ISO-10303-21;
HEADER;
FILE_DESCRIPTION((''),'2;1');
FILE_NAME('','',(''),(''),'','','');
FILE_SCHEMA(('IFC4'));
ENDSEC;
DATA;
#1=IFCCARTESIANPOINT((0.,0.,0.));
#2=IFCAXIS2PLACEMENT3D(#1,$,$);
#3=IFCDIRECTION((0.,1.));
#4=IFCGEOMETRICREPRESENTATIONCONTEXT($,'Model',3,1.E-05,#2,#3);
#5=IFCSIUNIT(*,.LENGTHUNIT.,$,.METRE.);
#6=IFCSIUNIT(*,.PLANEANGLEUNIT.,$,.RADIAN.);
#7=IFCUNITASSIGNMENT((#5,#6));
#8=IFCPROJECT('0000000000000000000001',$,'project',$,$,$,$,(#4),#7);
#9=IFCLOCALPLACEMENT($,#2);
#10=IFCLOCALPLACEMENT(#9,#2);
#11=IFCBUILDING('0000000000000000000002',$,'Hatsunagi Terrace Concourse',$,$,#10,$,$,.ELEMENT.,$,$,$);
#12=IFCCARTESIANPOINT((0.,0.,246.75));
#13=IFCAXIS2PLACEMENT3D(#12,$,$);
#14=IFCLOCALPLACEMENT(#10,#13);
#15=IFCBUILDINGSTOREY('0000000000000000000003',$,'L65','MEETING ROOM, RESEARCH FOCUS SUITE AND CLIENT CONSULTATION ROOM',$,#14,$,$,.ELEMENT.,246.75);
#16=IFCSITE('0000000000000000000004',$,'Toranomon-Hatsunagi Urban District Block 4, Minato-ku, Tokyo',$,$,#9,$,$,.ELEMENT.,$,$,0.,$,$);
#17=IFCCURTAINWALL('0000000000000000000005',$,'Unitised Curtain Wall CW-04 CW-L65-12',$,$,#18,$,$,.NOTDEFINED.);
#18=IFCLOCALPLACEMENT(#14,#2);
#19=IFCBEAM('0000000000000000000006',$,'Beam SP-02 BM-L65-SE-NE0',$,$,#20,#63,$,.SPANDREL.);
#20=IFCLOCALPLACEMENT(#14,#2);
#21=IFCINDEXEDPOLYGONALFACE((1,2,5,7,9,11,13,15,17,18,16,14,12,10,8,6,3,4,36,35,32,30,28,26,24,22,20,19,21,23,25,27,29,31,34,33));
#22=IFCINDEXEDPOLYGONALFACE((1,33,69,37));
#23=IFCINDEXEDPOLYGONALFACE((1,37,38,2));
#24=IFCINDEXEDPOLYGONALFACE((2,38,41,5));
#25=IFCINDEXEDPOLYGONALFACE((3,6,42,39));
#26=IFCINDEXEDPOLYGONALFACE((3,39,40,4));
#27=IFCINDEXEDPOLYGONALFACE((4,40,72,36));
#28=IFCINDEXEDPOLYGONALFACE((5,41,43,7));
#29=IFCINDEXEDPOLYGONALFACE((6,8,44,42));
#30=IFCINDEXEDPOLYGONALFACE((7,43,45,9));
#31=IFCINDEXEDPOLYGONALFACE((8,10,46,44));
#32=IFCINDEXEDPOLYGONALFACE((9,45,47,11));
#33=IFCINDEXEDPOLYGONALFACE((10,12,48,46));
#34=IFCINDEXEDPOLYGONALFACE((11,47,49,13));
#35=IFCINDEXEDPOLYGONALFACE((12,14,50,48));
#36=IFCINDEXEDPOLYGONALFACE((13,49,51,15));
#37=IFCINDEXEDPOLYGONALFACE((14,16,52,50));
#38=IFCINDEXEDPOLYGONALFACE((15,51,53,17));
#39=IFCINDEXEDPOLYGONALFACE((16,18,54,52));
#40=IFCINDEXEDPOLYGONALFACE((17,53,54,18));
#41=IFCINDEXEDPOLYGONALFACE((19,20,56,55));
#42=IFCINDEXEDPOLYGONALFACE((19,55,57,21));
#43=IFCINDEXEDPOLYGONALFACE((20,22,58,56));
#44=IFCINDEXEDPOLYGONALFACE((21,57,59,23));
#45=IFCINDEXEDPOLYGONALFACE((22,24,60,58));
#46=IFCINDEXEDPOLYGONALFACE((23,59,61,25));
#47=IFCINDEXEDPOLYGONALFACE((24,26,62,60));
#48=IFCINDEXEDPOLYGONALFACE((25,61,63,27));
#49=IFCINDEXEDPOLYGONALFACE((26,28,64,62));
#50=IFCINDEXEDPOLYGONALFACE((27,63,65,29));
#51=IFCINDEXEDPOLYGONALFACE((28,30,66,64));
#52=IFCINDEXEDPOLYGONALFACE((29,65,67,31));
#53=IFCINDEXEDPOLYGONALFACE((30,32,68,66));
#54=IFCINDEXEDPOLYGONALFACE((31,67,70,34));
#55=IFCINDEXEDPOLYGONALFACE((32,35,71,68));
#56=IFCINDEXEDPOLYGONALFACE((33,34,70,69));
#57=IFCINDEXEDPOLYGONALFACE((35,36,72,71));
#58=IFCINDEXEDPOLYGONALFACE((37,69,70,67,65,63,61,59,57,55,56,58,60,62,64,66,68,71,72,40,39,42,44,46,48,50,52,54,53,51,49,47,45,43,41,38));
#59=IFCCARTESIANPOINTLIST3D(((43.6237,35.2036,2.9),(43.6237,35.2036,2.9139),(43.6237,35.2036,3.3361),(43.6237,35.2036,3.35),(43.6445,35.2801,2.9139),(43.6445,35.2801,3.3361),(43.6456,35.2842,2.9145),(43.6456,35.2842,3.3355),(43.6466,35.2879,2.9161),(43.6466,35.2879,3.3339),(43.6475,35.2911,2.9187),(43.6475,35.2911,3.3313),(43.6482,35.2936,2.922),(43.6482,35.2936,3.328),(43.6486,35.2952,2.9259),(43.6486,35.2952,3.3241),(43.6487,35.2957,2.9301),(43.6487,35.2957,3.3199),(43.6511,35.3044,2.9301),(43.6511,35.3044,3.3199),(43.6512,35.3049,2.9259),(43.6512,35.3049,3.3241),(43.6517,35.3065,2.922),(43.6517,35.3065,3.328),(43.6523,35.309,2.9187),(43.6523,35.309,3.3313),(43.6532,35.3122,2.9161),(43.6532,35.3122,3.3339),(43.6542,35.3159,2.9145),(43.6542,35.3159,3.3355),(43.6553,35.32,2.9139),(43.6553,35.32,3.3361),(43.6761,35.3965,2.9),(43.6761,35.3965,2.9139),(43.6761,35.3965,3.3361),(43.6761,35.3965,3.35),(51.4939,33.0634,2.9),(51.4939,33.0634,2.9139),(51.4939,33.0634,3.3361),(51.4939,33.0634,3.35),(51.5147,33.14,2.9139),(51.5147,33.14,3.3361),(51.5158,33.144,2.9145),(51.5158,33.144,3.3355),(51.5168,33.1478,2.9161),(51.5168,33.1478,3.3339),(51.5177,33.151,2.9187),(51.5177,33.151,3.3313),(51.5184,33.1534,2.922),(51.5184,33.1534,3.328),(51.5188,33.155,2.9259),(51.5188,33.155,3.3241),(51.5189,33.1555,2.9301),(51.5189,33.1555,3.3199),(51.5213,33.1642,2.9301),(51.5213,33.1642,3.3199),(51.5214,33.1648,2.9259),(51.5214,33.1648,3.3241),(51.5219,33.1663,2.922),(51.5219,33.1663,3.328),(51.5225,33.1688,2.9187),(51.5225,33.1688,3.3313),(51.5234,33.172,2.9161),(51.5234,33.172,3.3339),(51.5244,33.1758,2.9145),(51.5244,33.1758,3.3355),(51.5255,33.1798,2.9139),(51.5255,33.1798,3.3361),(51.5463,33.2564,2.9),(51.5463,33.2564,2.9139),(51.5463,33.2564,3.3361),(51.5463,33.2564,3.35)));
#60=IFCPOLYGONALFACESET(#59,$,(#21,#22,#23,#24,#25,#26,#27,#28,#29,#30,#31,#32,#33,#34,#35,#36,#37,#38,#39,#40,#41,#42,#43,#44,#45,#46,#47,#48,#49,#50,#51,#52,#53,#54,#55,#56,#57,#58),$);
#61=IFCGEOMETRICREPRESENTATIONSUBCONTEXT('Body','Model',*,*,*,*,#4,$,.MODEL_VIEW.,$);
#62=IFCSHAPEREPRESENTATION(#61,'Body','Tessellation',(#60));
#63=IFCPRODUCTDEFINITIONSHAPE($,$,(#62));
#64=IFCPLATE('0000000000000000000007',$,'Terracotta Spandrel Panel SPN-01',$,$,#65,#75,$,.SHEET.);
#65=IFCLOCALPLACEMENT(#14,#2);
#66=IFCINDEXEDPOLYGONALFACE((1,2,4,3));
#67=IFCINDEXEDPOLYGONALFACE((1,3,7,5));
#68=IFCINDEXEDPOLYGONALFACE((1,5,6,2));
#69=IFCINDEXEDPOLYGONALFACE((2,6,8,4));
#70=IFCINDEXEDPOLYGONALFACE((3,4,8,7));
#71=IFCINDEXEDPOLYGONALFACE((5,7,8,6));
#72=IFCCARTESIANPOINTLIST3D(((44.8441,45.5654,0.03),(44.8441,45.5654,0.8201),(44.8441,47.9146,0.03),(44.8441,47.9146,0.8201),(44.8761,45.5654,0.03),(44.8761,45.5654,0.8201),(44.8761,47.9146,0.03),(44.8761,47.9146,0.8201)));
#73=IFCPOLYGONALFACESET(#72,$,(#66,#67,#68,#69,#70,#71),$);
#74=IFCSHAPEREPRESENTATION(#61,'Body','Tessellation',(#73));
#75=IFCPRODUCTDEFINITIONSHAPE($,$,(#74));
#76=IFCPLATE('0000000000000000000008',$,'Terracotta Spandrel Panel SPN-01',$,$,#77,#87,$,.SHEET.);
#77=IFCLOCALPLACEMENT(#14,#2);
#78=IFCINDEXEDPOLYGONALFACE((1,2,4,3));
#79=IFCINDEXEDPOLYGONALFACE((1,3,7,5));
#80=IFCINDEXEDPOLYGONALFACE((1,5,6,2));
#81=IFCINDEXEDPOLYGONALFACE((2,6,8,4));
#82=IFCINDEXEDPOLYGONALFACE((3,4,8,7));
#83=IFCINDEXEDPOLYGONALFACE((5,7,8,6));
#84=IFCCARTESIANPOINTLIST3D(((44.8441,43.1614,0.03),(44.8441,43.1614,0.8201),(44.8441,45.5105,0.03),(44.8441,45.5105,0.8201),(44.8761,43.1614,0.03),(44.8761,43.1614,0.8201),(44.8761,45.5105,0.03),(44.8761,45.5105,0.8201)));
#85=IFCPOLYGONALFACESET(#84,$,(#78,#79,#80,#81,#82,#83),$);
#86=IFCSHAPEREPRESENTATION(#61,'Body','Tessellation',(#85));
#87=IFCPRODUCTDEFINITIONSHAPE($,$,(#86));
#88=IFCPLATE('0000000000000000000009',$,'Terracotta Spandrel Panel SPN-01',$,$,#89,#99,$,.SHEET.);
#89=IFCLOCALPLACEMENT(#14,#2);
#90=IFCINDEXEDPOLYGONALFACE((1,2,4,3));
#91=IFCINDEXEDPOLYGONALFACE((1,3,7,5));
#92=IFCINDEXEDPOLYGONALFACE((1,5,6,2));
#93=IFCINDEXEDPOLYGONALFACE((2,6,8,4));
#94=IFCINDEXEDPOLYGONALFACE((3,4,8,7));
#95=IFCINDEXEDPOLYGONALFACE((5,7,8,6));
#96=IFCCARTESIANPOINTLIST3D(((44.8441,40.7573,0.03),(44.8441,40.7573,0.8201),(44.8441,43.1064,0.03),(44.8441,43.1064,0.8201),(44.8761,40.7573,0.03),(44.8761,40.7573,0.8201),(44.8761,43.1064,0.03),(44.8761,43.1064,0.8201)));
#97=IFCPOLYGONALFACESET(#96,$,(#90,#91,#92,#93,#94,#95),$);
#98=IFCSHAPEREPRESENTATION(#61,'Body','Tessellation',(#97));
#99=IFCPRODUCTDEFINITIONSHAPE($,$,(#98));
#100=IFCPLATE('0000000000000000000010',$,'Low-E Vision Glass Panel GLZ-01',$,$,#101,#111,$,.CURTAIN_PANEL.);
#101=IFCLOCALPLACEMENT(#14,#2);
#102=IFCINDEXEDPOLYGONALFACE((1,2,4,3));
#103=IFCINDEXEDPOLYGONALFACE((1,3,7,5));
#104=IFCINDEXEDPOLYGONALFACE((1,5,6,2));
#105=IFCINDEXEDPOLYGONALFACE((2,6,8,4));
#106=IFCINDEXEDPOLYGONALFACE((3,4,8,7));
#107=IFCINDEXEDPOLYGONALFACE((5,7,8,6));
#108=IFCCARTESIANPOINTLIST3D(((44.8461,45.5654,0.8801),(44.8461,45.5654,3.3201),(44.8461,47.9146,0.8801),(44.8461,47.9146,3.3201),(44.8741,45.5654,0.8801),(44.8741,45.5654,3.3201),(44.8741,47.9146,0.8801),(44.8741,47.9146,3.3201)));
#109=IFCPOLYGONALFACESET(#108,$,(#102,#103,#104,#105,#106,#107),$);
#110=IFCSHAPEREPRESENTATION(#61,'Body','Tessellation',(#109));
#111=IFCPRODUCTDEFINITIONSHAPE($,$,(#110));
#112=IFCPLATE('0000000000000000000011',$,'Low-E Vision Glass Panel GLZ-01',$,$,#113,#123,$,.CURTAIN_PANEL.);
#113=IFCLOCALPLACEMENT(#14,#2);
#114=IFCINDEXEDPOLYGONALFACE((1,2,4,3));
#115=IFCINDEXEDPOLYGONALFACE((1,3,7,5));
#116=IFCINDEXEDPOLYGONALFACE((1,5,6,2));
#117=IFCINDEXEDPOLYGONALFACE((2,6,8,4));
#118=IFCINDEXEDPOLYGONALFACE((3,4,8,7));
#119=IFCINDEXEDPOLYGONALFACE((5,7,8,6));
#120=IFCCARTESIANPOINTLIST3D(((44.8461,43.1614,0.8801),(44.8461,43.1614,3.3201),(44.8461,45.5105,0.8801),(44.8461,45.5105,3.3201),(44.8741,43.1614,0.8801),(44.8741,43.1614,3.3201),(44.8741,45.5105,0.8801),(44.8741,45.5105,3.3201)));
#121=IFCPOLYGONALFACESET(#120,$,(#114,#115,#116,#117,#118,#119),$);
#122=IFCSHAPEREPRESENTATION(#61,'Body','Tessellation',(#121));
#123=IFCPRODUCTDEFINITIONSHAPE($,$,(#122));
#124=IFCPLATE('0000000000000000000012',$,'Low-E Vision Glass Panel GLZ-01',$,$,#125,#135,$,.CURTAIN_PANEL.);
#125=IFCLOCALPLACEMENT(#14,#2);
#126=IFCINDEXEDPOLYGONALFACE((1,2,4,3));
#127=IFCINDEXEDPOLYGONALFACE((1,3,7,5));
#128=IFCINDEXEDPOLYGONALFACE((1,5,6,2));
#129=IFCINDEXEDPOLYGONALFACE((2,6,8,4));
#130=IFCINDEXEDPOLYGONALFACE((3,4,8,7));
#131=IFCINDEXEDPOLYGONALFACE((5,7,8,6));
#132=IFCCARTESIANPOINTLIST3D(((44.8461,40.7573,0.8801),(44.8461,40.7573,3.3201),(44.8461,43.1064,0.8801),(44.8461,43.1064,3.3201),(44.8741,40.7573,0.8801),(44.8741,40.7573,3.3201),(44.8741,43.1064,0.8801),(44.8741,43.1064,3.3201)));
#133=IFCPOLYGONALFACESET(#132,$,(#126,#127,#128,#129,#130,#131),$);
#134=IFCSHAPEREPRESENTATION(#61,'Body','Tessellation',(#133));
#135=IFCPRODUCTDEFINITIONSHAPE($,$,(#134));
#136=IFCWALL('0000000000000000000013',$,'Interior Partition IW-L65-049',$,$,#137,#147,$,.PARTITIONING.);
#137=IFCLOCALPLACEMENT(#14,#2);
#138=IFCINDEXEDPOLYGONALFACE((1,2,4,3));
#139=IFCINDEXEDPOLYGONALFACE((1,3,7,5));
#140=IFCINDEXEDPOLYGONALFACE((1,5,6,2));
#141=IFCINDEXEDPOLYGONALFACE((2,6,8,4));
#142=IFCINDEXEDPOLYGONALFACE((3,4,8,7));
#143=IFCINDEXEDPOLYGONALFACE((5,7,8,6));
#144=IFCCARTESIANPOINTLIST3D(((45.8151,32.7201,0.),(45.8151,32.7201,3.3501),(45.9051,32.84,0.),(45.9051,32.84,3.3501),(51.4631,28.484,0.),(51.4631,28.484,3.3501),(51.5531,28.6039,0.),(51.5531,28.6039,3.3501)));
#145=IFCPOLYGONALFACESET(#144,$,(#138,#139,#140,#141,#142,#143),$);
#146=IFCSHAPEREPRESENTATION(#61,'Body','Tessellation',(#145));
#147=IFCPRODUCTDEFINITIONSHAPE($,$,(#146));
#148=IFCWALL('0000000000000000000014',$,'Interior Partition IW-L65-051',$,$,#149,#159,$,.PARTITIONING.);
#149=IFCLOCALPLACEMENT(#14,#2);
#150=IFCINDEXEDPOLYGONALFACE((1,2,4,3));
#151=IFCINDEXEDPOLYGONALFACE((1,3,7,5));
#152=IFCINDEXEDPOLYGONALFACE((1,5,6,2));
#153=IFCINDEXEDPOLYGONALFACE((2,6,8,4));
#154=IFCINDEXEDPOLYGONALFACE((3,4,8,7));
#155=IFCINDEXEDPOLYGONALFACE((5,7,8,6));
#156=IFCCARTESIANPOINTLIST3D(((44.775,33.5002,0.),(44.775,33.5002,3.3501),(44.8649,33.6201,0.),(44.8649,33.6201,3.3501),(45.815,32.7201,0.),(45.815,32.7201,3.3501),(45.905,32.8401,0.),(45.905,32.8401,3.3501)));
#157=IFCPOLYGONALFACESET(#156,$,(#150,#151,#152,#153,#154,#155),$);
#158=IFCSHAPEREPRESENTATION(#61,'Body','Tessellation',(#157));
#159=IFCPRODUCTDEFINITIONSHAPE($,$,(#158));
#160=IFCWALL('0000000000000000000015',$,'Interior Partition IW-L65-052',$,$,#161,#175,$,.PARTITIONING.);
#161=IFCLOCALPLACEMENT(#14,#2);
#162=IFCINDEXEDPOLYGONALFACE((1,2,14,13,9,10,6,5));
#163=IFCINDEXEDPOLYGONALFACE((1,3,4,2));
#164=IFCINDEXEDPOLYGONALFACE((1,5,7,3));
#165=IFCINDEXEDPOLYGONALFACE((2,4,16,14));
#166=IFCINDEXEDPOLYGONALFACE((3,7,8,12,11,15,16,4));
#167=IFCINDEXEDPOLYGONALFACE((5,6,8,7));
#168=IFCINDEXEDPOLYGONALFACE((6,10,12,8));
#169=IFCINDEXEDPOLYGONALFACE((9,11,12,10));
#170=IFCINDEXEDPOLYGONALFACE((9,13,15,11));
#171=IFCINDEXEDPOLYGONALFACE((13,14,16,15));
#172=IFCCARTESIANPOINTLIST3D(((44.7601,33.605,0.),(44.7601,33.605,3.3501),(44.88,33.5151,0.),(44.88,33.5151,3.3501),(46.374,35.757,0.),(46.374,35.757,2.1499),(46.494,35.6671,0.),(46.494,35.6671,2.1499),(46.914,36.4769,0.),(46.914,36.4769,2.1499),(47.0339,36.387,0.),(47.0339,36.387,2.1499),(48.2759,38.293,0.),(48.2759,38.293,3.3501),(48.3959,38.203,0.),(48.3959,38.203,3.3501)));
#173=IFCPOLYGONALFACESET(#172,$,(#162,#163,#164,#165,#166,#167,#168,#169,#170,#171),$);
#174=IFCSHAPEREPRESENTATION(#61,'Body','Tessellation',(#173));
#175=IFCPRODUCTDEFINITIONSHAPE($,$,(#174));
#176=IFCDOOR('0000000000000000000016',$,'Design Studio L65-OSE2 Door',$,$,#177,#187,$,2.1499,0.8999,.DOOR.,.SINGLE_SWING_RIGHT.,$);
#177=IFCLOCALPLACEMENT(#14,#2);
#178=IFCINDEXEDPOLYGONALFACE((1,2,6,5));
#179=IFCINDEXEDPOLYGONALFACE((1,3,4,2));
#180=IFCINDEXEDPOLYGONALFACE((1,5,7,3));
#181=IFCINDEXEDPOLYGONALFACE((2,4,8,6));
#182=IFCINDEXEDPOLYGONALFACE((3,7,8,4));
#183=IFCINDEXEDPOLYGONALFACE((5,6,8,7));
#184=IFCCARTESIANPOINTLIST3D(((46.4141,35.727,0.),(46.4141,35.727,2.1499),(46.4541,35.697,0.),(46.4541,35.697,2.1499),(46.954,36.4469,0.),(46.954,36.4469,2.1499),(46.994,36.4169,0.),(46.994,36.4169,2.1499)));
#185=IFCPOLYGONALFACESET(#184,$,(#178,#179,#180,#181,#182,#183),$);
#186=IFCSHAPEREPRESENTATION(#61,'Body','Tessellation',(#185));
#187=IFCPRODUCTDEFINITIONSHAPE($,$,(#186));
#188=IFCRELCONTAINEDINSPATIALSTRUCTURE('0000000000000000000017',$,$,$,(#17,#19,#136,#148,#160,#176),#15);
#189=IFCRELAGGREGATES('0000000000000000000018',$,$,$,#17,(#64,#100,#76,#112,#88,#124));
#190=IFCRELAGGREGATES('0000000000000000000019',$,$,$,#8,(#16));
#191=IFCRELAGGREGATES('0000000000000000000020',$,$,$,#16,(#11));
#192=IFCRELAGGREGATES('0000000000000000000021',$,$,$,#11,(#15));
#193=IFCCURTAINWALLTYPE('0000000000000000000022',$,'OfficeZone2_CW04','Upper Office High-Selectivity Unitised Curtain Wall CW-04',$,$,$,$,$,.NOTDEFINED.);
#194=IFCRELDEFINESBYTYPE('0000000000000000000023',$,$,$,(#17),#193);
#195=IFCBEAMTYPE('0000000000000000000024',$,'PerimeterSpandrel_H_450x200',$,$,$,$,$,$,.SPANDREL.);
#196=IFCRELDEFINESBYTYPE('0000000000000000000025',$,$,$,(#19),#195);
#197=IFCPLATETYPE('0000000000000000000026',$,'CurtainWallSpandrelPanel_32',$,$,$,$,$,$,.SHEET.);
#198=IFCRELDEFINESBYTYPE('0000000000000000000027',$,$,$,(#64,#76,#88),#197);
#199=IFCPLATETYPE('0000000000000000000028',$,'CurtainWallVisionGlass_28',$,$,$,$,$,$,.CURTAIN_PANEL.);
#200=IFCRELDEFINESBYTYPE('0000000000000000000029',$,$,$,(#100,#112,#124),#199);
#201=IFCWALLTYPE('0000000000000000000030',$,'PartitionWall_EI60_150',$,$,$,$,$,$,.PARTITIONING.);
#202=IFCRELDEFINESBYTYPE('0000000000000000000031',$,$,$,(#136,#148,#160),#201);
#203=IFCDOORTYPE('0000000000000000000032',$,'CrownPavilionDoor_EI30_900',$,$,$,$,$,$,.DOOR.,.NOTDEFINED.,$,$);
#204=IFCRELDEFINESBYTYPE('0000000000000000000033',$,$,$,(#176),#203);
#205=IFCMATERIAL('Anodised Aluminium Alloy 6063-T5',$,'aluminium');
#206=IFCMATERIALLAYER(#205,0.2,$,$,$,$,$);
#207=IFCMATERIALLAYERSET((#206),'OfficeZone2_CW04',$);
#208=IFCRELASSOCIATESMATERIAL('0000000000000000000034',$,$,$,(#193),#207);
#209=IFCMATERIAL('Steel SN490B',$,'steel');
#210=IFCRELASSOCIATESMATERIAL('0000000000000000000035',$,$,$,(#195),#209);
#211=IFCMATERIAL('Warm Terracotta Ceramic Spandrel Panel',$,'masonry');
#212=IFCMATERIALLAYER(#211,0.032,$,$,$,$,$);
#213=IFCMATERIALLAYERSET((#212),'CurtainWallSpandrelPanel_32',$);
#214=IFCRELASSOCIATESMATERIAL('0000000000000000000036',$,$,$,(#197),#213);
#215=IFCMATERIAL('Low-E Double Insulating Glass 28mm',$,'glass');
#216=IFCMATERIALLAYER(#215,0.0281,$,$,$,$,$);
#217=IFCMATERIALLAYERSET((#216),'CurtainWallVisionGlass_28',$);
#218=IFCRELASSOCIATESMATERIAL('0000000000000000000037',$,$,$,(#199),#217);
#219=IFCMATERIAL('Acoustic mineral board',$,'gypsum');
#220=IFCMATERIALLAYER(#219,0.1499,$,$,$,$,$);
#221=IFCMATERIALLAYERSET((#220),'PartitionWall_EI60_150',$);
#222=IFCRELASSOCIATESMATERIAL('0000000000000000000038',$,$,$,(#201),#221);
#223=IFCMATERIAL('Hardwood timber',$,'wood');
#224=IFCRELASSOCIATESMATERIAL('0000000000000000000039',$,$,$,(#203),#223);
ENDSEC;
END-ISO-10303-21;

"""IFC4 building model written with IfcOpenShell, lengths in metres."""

from ifc_helpers import new_model, si_unit, direction, frame, frame_2d, origin, origin_2d, place, context, subcontext, project, spatial, rectangle, i_section, extrude, material, layer, layer_set, material_profile, profile_set, type_object, element, fill, aggregate, save


model = new_model("IFC4")

# Units and contexts
model_context = context("Model", 3, precision=1e-05, world=origin(), true_north=direction((0.0, 1.0)))
body_context = subcontext(model_context, "Body", "Model", "MODEL_VIEW")
ifc_project = project(units=[si_unit("LENGTHUNIT", "METRE"), si_unit("PLANEANGLEUNIT", "RADIAN")], contexts=[model_context])

# Site, building, storey
site_placement = place(None, origin())
site = spatial("IfcSite", under=ifc_project, at=site_placement, Name="Toranomon-Hatsunagi Urban District Block 4, Minato-ku, Tokyo", CompositionType="ELEMENT", RefElevation=0.0)
building_placement = place(site_placement, origin())
building = spatial("IfcBuilding", under=site, at=building_placement, Name="Hatsunagi Terrace Concourse", CompositionType="ELEMENT")
storey_placement = place(building_placement, frame((0.0, 0.0, 246.75)))
storey = spatial("IfcBuildingStorey", under=building, at=storey_placement, Name="L65", Description="MEETING ROOM, RESEARCH FOCUS SUITE AND CLIENT CONSULTATION ROOM", CompositionType="ELEMENT", Elevation=246.75)

# Curtain wall
ifc_material_1 = material(Name="Anodised Aluminium Alloy 6063-T5", Category="aluminium")
ifc_layer_1 = layer(ifc_material_1, 0.2)
ifc_layer_set_1 = layer_set([ifc_layer_1], Name="OfficeZone2_CW04")
curtain_wall_type = type_object("IfcCurtainWallType", Name="OfficeZone2_CW04", Description="Upper Office High-Selectivity Unitised Curtain Wall CW-04", PredefinedType="NOTDEFINED", material=ifc_layer_set_1)
curtain_wall_1_placement = place(storey_placement, origin())
curtain_wall_1 = element("IfcCurtainWall", 1, at=curtain_wall_1_placement, inside=storey, type_object=curtain_wall_type, Name="Unitised Curtain Wall CW-04 CW-L65-12", PredefinedType="NOTDEFINED")

# Beam
ifc_material_2 = material(Name="Steel SN490B", Category="steel")
ifc_material_profile_1 = material_profile(ifc_material_2, i_section(OverallWidth=0.2, OverallDepth=0.45, WebThickness=0.009, FlangeThickness=0.0139, FilletRadius=0.0161, at=origin_2d()), Name="H-450x200x9x14")
ifc_profile_set_1 = profile_set([ifc_material_profile_1], Name="Steel SN490B")
beam_type_1 = type_object("IfcBeamType", Name="PerimeterSpandrel_H_450x200", PredefinedType="SPANDREL", material=ifc_profile_set_1)
beam_1_placement = place(storey_placement, frame((43.6499, 35.3, 3.125), z_axis=(0.964958, -0.262403, 0.0), x_axis=(0.262403, 0.964958, 0.0)))
element("IfcBeam", 2, at=beam_1_placement, inside=storey, type_object=beam_type_1, Name="Beam SP-02 BM-L65-SE-NE0", PredefinedType="SPANDREL", context=body_context, shape_type="SweptSolid", body=[
    extrude(i_section(OverallWidth=0.2, OverallDepth=0.45, WebThickness=0.009, FlangeThickness=0.0139, FilletRadius=0.0161, at=origin_2d()), origin(), (0.0, 0.0, 1.0), 8.156),
])

# Plates
ifc_material_3 = material(Name="Warm Terracotta Ceramic Spandrel Panel", Category="masonry")
ifc_layer_2 = layer(ifc_material_3, 0.032)
ifc_layer_set_2 = layer_set([ifc_layer_2], Name="CurtainWallSpandrelPanel_32")
plate_type_1 = type_object("IfcPlateType", Name="CurtainWallSpandrelPanel_32", PredefinedType="SHEET", material=ifc_layer_set_2)
plate_1_placement = place(storey_placement, frame((44.8601, 46.74, 0.03), z_axis=(0.0, 0.0, 1.0), x_axis=(0.0, -1.0, 0.0)))
plate_1 = element("IfcPlate", 3, at=plate_1_placement, type_object=plate_type_1, Name="Terracotta Spandrel Panel SPN-01", PredefinedType="SHEET", context=body_context, shape_type="SweptSolid", body=[
    extrude(rectangle(XDim=2.3491, YDim=0.032, at=origin_2d()), origin(), (0.0, 0.0, 1.0), 0.79),
])
plate_2_placement = place(storey_placement, frame((44.8601, 44.3359, 0.03), z_axis=(0.0, 0.0, 1.0), x_axis=(0.0, -1.0, 0.0)))
plate_2 = element("IfcPlate", 4, at=plate_2_placement, type_object=plate_type_1, Name="Terracotta Spandrel Panel SPN-01", PredefinedType="SHEET", context=body_context, shape_type="SweptSolid", body=[
    extrude(rectangle(XDim=2.3491, YDim=0.032, at=origin_2d()), origin(), (0.0, 0.0, 1.0), 0.79),
])
plate_3_placement = place(storey_placement, frame((44.8601, 41.9319, 0.03), z_axis=(0.0, 0.0, 1.0), x_axis=(0.0, -1.0, 0.0)))
plate_3 = element("IfcPlate", 5, at=plate_3_placement, type_object=plate_type_1, Name="Terracotta Spandrel Panel SPN-01", PredefinedType="SHEET", context=body_context, shape_type="SweptSolid", body=[
    extrude(rectangle(XDim=2.3491, YDim=0.032, at=origin_2d()), origin(), (0.0, 0.0, 1.0), 0.79),
])
ifc_material_4 = material(Name="Low-E Double Insulating Glass 28mm", Category="glass")
ifc_layer_3 = layer(ifc_material_4, 0.0281)
ifc_layer_set_3 = layer_set([ifc_layer_3], Name="CurtainWallVisionGlass_28")
plate_type_2 = type_object("IfcPlateType", Name="CurtainWallVisionGlass_28", PredefinedType="CURTAIN_PANEL", material=ifc_layer_set_3)
plate_4_placement = place(storey_placement, frame((44.8601, 46.74, 0.8801), z_axis=(0.0, 0.0, 1.0), x_axis=(0.0, -1.0, 0.0)))
plate_4 = element("IfcPlate", 6, at=plate_4_placement, type_object=plate_type_2, Name="Low-E Vision Glass Panel GLZ-01", PredefinedType="CURTAIN_PANEL", context=body_context, shape_type="SweptSolid", body=[
    extrude(rectangle(XDim=2.3491, YDim=0.0281, at=origin_2d()), origin(), (0.0, 0.0, 1.0), 2.4399),
])
plate_5_placement = place(storey_placement, frame((44.8601, 44.3359, 0.8801), z_axis=(0.0, 0.0, 1.0), x_axis=(0.0, -1.0, 0.0)))
plate_5 = element("IfcPlate", 7, at=plate_5_placement, type_object=plate_type_2, Name="Low-E Vision Glass Panel GLZ-01", PredefinedType="CURTAIN_PANEL", context=body_context, shape_type="SweptSolid", body=[
    extrude(rectangle(XDim=2.3491, YDim=0.0281, at=origin_2d()), origin(), (0.0, 0.0, 1.0), 2.4399),
])
plate_6_placement = place(storey_placement, frame((44.8601, 41.9319, 0.8801), z_axis=(0.0, 0.0, 1.0), x_axis=(0.0, -1.0, 0.0)))
plate_6 = element("IfcPlate", 8, at=plate_6_placement, type_object=plate_type_2, Name="Low-E Vision Glass Panel GLZ-01", PredefinedType="CURTAIN_PANEL", context=body_context, shape_type="SweptSolid", body=[
    extrude(rectangle(XDim=2.3491, YDim=0.0281, at=origin_2d()), origin(), (0.0, 0.0, 1.0), 2.4399),
])
aggregate(curtain_wall_1, [plate_1, plate_4, plate_2, plate_5, plate_3, plate_6])

# Walls
ifc_material_5 = material(Name="Acoustic mineral board", Category="gypsum")
ifc_layer_4 = layer(ifc_material_5, 0.1499)
ifc_layer_set_4 = layer_set([ifc_layer_4], Name="PartitionWall_EI60_150")
wall_type_1 = type_object("IfcWallType", Name="PartitionWall_EI60_150", PredefinedType="PARTITIONING", material=ifc_layer_set_4)
wall_1_placement = place(storey_placement, frame((45.8601, 32.78, 0.0), z_axis=(0.0, 0.0, 1.0), x_axis=(0.799992, -0.600011, 0.0)))
element("IfcWall", 9, at=wall_1_placement, inside=storey, type_object=wall_type_1, Name="Interior Partition IW-L65-049", PredefinedType="PARTITIONING", context=body_context, shape_type="SweptSolid", body=[
    extrude(rectangle(XDim=7.0601, YDim=0.1499, at=frame_2d((3.53, 0.0))), origin(), (0.0, 0.0, 1.0), 3.3501),
])
wall_2_placement = place(storey_placement, frame((44.8201, 33.5601, 0.0), z_axis=(0.0, 0.0, 1.0), x_axis=(0.8, -0.6, 0.0)))
element("IfcWall", 10, at=wall_2_placement, inside=storey, type_object=wall_type_1, Name="Interior Partition IW-L65-051", PredefinedType="PARTITIONING", context=body_context, shape_type="SweptSolid", body=[
    extrude(rectangle(XDim=1.3, YDim=0.1499, at=frame_2d((0.6499, 0.0))), origin(), (0.0, 0.0, 1.0), 3.3501),
])

# Wall, opening, door
wall_3_placement = place(storey_placement, frame((44.8201, 33.5601, 0.0), z_axis=(0.0, 0.0, 1.0), x_axis=(0.599987, 0.80001, 0.0)))
wall_3 = element("IfcWall", 11, at=wall_3_placement, inside=storey, type_object=wall_type_1, Name="Interior Partition IW-L65-052", PredefinedType="PARTITIONING", context=body_context, shape_type="SweptSolid", body=[
    extrude(rectangle(XDim=5.8599, YDim=0.1499, at=frame_2d((2.9299, 0.0))), origin(), (0.0, 0.0, 1.0), 3.3501),
])
opening_1_placement = place(wall_3_placement, frame((2.6899, 0.0, 0.0)))
opening_1 = element("IfcOpeningElement", 12, at=opening_1_placement, cuts=wall_3, PredefinedType="OPENING", context=body_context, shape_type="SweptSolid", body=[
    extrude(rectangle(XDim=0.8999, YDim=2.1499, at=frame_2d((0.45, 1.075))), frame((0.0, 0.085, 0.0), z_axis=(0.0, -1.0, 0.0), x_axis=(1.0, 0.0, 0.0)), (0.0, 0.0, 1.0), 0.1699),
])
ifc_material_6 = material(Name="Hardwood timber", Category="wood")
door_type_1 = type_object("IfcDoorType", Name="CrownPavilionDoor_EI30_900", OperationType="NOTDEFINED", PredefinedType="DOOR", material=ifc_material_6)
door_1_placement = place(opening_1_placement, origin())
door_1 = element("IfcDoor", 13, at=door_1_placement, inside=storey, type_object=door_type_1, Name="Design Studio L65-OSE2 Door", OperationType="SINGLE_SWING_RIGHT", OverallHeight=2.1499, OverallWidth=0.8999, PredefinedType="DOOR", context=body_context, shape_type="SweptSolid", body=[
    extrude(rectangle(XDim=0.8999, YDim=2.1499, at=frame_2d((0.45, 1.075))), frame((0.0, 0.0249, 0.0), z_axis=(0.0, -1.0, 0.0), x_axis=(1.0, 0.0, 0.0)), (0.0, 0.0, 1.0), 0.05),
])
fill(opening_1, door_1)

save(model, "model.ifc")
